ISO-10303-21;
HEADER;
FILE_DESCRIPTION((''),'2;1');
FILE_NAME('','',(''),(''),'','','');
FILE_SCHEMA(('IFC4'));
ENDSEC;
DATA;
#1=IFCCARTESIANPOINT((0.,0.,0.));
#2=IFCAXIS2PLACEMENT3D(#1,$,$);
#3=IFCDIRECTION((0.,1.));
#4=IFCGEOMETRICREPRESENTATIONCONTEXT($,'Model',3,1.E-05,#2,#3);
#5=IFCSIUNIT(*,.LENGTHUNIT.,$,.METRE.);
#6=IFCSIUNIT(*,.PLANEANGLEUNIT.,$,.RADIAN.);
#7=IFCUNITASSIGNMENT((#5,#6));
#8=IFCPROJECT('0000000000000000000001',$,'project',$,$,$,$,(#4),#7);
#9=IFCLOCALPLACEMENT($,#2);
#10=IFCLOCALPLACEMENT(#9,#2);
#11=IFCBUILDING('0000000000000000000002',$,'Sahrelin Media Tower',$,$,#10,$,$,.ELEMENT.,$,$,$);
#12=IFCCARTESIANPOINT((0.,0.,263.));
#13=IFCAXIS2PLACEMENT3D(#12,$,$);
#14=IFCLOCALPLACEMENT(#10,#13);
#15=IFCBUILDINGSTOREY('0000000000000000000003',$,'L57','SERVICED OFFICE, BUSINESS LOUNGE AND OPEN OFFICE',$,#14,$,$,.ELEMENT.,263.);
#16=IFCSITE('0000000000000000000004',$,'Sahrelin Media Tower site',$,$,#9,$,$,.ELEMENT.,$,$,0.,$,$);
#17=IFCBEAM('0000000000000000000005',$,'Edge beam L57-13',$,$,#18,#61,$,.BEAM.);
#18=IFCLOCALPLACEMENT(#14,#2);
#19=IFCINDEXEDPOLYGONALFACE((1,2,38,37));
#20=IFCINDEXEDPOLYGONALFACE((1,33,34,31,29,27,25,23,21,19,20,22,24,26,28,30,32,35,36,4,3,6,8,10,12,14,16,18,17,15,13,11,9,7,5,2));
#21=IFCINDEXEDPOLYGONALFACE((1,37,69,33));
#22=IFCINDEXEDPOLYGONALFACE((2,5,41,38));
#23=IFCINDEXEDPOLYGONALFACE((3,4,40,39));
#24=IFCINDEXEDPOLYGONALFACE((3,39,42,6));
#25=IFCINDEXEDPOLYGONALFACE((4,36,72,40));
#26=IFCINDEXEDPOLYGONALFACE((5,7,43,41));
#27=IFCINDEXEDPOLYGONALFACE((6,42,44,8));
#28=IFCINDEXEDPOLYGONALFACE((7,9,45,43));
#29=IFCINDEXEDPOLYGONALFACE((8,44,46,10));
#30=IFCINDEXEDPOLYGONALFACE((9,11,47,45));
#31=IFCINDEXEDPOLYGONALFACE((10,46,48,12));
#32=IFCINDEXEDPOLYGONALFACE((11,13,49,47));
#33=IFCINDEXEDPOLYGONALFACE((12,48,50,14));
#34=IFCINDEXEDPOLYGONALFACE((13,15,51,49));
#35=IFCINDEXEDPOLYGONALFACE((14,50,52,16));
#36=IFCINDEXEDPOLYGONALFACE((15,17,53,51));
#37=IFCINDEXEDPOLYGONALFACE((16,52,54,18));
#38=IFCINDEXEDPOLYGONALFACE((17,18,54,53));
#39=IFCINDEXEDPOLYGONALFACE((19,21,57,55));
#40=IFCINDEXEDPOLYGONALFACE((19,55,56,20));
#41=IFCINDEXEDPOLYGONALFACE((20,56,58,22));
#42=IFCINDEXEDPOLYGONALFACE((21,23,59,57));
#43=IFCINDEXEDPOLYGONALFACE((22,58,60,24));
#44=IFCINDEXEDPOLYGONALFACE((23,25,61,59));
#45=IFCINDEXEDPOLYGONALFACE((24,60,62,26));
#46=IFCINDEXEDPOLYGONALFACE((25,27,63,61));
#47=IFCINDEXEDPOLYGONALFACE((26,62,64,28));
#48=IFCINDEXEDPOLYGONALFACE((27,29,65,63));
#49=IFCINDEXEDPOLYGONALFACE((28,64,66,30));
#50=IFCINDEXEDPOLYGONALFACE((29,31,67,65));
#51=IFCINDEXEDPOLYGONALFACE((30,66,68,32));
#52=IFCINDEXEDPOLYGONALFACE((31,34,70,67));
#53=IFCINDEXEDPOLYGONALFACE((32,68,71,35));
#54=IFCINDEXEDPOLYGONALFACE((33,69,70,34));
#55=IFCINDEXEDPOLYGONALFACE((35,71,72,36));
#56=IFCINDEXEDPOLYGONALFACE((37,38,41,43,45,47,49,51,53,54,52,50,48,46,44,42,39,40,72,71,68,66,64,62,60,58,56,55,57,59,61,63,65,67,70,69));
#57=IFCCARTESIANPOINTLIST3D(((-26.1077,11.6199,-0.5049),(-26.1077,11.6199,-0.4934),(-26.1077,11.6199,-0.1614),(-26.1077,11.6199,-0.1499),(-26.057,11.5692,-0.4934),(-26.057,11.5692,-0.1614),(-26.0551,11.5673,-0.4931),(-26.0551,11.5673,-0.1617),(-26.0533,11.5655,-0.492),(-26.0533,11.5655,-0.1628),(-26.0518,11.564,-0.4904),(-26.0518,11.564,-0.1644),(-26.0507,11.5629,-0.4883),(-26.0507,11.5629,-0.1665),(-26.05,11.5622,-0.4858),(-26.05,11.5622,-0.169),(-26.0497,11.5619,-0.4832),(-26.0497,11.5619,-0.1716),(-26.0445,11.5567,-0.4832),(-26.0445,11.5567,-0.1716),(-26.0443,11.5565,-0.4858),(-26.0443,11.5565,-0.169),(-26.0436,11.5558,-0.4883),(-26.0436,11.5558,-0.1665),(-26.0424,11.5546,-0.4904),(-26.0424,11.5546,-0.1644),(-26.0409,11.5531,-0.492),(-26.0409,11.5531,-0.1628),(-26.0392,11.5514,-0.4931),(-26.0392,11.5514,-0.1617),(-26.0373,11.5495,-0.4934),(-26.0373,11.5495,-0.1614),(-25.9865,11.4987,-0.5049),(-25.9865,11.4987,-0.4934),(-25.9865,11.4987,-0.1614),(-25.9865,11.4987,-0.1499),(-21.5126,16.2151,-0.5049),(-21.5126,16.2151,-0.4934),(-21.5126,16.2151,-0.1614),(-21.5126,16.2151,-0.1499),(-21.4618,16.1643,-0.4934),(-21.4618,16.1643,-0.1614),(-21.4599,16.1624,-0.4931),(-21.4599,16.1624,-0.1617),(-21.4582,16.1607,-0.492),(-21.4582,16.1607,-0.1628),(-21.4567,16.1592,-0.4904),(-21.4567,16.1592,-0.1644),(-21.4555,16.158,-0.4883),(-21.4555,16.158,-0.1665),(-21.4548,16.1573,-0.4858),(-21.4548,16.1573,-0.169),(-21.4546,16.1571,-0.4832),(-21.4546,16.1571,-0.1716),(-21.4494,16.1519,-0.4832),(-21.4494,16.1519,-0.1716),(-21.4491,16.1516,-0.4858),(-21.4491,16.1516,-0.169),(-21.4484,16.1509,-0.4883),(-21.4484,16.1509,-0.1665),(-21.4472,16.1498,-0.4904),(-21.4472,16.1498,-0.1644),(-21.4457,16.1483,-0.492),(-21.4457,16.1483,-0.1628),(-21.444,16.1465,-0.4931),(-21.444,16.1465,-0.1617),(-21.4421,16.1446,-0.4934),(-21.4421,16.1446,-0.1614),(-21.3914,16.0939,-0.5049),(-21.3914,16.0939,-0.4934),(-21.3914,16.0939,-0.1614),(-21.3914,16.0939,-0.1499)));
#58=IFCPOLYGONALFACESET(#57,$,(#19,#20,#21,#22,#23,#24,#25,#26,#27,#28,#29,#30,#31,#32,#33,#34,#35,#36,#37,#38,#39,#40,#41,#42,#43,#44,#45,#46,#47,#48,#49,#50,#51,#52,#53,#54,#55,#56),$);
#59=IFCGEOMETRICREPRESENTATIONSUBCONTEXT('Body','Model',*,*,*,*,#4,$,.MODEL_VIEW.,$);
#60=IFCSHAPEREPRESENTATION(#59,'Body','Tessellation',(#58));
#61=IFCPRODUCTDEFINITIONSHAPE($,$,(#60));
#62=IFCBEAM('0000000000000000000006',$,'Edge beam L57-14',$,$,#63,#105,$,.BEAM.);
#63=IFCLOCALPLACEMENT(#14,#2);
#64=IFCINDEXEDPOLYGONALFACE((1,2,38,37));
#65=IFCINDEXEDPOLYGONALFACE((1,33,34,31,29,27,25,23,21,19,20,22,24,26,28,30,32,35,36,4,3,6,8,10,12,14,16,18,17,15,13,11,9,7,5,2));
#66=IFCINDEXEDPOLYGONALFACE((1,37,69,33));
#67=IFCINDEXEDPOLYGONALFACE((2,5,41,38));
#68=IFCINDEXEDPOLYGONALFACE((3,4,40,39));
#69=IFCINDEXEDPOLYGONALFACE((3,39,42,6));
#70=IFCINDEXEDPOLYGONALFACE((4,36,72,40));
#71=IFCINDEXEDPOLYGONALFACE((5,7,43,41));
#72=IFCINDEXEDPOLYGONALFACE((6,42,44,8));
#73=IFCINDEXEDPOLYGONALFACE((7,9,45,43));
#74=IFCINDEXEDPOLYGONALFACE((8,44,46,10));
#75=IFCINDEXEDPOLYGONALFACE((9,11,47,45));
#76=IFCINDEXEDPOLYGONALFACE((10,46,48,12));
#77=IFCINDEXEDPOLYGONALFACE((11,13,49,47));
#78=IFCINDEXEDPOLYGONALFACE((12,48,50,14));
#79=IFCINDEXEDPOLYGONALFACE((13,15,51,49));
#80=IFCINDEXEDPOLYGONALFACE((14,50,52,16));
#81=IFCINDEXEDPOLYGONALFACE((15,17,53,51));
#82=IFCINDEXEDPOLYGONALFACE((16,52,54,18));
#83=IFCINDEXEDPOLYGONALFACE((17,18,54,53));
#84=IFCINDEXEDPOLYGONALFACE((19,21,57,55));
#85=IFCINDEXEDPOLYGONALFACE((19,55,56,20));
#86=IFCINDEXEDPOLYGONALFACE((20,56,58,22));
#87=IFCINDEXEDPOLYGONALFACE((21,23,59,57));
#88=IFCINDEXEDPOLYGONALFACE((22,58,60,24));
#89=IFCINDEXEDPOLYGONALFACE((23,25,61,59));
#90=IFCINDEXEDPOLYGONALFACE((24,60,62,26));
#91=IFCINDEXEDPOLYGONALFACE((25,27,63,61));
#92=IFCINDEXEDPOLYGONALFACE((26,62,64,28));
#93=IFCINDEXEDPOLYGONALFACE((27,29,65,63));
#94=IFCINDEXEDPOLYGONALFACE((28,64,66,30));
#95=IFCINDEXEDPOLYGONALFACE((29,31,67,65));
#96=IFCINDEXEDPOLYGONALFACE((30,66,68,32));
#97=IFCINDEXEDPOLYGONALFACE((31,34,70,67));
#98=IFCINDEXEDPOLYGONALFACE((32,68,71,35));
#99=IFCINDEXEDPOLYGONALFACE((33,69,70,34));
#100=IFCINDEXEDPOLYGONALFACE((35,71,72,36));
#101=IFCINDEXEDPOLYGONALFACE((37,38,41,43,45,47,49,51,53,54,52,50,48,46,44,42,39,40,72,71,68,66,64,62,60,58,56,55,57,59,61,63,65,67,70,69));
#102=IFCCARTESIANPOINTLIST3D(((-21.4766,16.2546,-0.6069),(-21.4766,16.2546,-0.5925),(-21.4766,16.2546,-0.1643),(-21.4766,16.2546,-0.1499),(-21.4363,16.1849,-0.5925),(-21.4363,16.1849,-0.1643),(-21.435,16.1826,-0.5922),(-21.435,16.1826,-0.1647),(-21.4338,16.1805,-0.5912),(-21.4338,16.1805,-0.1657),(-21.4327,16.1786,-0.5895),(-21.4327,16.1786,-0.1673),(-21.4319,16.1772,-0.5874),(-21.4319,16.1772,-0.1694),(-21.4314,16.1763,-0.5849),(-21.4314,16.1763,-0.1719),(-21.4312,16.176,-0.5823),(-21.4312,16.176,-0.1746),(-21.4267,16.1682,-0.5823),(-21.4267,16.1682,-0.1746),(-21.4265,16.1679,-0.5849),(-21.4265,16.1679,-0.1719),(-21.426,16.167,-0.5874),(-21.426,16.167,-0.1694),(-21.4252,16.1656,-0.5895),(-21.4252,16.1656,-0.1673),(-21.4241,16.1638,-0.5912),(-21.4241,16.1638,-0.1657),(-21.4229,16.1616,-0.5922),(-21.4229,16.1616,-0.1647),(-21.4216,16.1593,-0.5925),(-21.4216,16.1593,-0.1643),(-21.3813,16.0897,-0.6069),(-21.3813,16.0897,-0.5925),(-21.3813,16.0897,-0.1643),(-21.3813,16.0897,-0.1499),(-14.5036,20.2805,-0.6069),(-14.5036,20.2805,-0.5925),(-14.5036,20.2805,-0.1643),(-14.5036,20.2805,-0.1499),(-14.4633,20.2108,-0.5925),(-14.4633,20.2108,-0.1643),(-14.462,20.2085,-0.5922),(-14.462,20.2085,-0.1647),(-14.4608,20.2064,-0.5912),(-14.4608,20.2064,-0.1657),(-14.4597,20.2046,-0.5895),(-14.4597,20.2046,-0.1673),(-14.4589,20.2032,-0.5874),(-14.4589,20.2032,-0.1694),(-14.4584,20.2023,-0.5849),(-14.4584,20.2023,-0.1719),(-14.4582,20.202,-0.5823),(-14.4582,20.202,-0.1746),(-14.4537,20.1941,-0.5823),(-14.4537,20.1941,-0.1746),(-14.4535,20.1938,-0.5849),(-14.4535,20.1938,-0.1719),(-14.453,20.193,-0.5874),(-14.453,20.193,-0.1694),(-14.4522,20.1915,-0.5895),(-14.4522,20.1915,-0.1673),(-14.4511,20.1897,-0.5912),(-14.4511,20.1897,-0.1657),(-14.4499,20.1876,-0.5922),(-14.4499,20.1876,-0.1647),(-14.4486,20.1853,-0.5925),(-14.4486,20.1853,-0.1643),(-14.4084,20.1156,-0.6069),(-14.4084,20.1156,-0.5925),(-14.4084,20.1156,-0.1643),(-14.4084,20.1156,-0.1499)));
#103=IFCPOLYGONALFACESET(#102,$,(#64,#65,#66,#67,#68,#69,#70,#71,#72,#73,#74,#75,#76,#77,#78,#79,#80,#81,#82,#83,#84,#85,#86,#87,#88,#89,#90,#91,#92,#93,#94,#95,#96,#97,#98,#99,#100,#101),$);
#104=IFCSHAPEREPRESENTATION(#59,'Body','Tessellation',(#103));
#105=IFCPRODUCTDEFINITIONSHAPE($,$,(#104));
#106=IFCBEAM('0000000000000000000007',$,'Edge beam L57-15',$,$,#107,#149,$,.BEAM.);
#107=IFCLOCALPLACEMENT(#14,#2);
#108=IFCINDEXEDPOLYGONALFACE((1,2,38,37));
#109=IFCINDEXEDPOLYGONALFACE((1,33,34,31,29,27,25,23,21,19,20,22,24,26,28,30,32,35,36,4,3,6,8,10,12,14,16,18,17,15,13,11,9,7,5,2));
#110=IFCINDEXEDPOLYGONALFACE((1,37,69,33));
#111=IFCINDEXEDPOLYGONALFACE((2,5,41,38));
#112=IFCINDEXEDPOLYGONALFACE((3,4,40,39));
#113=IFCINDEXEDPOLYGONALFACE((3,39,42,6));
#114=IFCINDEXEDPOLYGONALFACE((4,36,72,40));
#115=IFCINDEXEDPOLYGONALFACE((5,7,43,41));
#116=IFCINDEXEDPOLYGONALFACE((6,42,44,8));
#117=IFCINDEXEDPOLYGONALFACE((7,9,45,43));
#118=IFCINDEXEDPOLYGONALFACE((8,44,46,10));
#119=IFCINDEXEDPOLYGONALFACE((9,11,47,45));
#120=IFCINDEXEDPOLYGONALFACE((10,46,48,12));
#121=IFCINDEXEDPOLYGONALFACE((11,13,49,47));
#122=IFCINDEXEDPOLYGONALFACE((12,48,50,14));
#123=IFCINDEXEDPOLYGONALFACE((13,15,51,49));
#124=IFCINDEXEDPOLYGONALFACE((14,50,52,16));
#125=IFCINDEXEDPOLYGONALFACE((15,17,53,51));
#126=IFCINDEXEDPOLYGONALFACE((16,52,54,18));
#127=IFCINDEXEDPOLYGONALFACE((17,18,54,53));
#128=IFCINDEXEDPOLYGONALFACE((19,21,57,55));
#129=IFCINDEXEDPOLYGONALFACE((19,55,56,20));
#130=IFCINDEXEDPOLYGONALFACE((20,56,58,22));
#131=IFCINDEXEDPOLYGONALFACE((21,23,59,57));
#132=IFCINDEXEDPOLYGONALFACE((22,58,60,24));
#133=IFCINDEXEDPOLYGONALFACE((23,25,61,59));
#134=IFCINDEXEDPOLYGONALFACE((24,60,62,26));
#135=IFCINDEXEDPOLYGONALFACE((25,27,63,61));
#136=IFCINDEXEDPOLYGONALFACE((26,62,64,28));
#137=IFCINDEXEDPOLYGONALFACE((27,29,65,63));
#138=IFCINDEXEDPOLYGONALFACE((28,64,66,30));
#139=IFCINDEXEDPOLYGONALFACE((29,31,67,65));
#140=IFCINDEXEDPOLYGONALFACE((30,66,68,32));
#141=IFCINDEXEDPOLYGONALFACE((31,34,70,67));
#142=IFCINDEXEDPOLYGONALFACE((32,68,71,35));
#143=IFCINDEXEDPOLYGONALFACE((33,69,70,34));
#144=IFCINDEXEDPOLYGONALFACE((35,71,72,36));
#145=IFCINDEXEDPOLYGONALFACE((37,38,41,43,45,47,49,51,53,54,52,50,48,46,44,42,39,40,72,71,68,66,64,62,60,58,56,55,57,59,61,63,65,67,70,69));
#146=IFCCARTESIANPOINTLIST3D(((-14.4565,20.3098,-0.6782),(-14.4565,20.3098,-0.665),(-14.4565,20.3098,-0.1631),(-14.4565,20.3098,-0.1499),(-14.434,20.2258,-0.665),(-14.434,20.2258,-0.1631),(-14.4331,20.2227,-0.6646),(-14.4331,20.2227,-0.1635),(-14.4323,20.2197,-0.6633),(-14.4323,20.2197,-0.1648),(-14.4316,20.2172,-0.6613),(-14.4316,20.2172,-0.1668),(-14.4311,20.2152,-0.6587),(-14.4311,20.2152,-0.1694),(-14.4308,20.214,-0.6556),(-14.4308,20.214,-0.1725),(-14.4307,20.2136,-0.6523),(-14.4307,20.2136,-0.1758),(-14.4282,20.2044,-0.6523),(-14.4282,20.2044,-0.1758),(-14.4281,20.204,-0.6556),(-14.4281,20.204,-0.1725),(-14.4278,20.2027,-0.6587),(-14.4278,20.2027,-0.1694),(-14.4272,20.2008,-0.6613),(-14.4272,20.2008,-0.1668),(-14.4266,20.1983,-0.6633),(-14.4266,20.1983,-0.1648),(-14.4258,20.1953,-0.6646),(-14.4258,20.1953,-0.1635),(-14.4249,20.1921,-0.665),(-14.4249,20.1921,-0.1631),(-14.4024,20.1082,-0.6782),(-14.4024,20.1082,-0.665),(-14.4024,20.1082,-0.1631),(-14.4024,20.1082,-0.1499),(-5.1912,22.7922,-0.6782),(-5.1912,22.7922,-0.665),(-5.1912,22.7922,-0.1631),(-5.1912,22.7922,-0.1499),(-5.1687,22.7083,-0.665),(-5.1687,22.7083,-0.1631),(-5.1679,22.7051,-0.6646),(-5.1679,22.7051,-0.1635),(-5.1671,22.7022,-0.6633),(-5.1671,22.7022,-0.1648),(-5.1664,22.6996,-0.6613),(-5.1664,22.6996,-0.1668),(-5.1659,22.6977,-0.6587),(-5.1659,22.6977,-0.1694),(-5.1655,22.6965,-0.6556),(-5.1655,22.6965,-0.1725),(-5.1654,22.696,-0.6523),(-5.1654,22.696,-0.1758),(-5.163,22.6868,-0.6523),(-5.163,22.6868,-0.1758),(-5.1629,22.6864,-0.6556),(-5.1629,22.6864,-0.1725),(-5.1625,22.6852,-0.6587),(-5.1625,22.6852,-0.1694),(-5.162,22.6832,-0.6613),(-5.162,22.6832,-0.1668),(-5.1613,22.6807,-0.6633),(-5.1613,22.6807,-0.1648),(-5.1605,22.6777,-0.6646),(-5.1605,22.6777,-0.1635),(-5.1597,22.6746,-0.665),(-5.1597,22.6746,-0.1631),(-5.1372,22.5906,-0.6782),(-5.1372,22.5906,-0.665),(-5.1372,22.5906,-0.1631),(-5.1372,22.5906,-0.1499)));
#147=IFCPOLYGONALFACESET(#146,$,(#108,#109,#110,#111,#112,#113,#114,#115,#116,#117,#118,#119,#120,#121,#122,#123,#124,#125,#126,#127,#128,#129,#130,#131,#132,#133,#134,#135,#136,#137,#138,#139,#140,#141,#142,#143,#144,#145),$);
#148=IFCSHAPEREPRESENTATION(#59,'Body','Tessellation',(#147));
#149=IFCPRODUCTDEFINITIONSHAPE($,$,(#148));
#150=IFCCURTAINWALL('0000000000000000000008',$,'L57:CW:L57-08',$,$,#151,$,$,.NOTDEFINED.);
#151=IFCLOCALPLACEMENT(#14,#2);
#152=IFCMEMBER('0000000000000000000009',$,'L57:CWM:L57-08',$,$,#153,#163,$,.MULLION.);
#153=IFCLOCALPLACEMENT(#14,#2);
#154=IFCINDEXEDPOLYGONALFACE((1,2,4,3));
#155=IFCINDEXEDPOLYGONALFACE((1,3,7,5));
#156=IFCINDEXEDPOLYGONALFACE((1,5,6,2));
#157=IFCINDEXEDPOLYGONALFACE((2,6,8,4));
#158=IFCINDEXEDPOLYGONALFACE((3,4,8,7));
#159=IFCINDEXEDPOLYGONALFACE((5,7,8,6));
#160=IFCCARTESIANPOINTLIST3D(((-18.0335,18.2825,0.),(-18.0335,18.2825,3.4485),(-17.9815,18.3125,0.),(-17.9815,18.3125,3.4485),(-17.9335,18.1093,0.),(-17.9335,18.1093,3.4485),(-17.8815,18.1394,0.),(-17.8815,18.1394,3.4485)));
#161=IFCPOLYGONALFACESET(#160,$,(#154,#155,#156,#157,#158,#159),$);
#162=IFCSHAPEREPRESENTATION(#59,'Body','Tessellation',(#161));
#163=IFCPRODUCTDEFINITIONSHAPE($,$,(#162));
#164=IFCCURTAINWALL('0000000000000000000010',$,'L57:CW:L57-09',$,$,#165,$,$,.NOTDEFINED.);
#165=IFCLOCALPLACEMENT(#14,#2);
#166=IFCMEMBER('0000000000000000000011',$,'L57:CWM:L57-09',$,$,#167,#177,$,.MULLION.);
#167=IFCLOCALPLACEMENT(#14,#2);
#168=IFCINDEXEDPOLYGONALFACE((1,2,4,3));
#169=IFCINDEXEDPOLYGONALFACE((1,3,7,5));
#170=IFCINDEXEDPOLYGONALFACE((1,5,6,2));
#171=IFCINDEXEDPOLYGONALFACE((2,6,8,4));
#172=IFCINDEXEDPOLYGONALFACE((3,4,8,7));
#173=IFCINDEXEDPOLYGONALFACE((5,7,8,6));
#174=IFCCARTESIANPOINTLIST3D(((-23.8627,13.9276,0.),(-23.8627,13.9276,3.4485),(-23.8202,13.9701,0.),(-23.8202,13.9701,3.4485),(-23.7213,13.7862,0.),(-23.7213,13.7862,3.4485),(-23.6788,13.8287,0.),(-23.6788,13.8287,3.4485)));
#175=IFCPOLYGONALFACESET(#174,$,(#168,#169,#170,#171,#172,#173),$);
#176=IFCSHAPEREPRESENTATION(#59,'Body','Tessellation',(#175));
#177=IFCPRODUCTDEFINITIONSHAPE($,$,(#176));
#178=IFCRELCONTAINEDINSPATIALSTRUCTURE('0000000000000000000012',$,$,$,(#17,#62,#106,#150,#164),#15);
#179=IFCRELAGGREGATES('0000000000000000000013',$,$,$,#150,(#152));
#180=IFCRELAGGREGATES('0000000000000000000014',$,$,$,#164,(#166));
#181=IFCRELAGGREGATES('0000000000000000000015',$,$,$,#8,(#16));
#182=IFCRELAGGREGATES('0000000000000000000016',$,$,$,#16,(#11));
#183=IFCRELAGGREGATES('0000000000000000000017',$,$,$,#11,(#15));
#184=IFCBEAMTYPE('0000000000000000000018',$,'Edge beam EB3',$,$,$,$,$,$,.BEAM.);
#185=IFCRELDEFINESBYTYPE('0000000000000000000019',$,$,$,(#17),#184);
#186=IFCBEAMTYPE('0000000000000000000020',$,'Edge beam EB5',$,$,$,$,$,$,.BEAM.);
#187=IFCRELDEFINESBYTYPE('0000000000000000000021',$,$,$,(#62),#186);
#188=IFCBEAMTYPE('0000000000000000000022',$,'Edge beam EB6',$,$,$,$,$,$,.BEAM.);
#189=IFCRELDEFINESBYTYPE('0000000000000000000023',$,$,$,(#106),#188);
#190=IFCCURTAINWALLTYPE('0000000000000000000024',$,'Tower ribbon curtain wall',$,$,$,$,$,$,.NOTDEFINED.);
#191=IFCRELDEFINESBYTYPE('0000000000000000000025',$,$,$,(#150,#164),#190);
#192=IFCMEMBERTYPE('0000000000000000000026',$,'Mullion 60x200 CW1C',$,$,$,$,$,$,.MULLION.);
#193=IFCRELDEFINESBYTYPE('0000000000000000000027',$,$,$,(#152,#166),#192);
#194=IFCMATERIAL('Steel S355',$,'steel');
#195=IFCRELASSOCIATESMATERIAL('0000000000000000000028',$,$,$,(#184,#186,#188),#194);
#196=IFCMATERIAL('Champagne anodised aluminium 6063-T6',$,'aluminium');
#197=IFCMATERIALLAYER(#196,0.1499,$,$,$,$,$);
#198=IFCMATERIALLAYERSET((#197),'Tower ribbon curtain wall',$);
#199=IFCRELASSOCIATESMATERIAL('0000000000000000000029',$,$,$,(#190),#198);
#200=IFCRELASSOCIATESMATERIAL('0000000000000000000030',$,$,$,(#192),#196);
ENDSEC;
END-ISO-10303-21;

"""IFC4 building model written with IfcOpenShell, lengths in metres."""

from ifc_helpers import new_model, si_unit, direction, frame, origin, origin_2d, place, context, subcontext, project, spatial, rectangle, i_section, extrude, material, layer, layer_set, material_profile, profile_set, type_object, element, aggregate, save


model = new_model("IFC4")

# Units and contexts
model_context = context("Model", 3, precision=1e-05, world=origin(), true_north=direction((0.0, 1.0)))
body_context = subcontext(model_context, "Body", "Model", "MODEL_VIEW")
ifc_project = project(units=[si_unit("LENGTHUNIT", "METRE"), si_unit("PLANEANGLEUNIT", "RADIAN")], contexts=[model_context])

# Site, building, storey
site_placement = place(None, origin())
site = spatial("IfcSite", under=ifc_project, at=site_placement, Name="Sahrelin Media Tower site", CompositionType="ELEMENT", RefElevation=0.0)
building_placement = place(site_placement, origin())
building = spatial("IfcBuilding", under=site, at=building_placement, Name="Sahrelin Media Tower", CompositionType="ELEMENT")
storey_placement = place(building_placement, frame((0.0, 0.0, 263.0)))
storey = spatial("IfcBuildingStorey", under=building, at=storey_placement, Name="L57", Description="SERVICED OFFICE, BUSINESS LOUNGE AND OPEN OFFICE", CompositionType="ELEMENT", Elevation=263.0)

# Beams
ifc_material_1 = material(Name="Steel S355", Category="steel")
ifc_material_profile_1 = material_profile(ifc_material_1, i_section(OverallWidth=0.1714, OverallDepth=0.355, WebThickness=0.0073, FlangeThickness=0.0115, FilletRadius=0.0103, at=origin_2d()), Name="UB 356x171x51")
ifc_profile_set_1 = profile_set([ifc_material_profile_1], Name="Steel S355")
beam_type_1 = type_object("IfcBeamType", Name="Edge beam EB3", PredefinedType="BEAM", material=ifc_profile_set_1)
beam_1_placement = place(storey_placement, frame((-26.0471, 11.5593, -0.3274), z_axis=(0.707107, 0.707107, 0.0), x_axis=(-0.707107, 0.707107, 0.0)))
element("IfcBeam", 1, at=beam_1_placement, inside=storey, type_object=beam_type_1, Name="Edge beam L57-13", PredefinedType="BEAM", context=body_context, shape_type="SweptSolid", body=[
    extrude(i_section(OverallWidth=0.1714, OverallDepth=0.355, WebThickness=0.0073, FlangeThickness=0.0115, FilletRadius=0.0103, at=origin_2d()), origin(), (0.0, 0.0, 1.0), 6.4985),
])
ifc_material_profile_2 = material_profile(ifc_material_1, i_section(OverallWidth=0.1904, OverallDepth=0.457, WebThickness=0.009, FlangeThickness=0.0144, FilletRadius=0.0103, at=origin_2d()), Name="UB 457x191x74")
ifc_profile_set_2 = profile_set([ifc_material_profile_2], Name="Steel S355")
beam_type_2 = type_object("IfcBeamType", Name="Edge beam EB5", PredefinedType="BEAM", material=ifc_profile_set_2)
beam_2_placement = place(storey_placement, frame((-21.429, 16.1721, -0.3784), z_axis=(0.866021, 0.500007, 0.0), x_axis=(-0.500007, 0.866021, 0.0)))
element("IfcBeam", 2, at=beam_2_placement, inside=storey, type_object=beam_type_2, Name="Edge beam L57-14", PredefinedType="BEAM", context=body_context, shape_type="SweptSolid", body=[
    extrude(i_section(OverallWidth=0.1904, OverallDepth=0.457, WebThickness=0.009, FlangeThickness=0.0144, FilletRadius=0.0103, at=origin_2d()), origin(), (0.0, 0.0, 1.0), 8.0518),
])
ifc_material_profile_3 = material_profile(ifc_material_1, i_section(OverallWidth=0.2087, OverallDepth=0.5283, WebThickness=0.0095, FlangeThickness=0.0132, FilletRadius=0.0127, at=origin_2d()), Name="UB 533x210x82")
ifc_profile_set_3 = profile_set([ifc_material_profile_3], Name="Steel S355")
beam_type_3 = type_object("IfcBeamType", Name="Edge beam EB6", PredefinedType="BEAM", material=ifc_profile_set_3)
beam_3_placement = place(storey_placement, frame((-14.4294, 20.209, -0.4141), z_axis=(0.96593, 0.258803, 0.0), x_axis=(-0.258803, 0.96593, 0.0)))
element("IfcBeam", 3, at=beam_3_placement, inside=storey, type_object=beam_type_3, Name="Edge beam L57-15", PredefinedType="BEAM", context=body_context, shape_type="SweptSolid", body=[
    extrude(i_section(OverallWidth=0.2087, OverallDepth=0.5283, WebThickness=0.0095, FlangeThickness=0.0132, FilletRadius=0.0127, at=origin_2d()), origin(), (0.0, 0.0, 1.0), 9.592),
])

# Curtain walls, members
ifc_material_2 = material(Name="Champagne anodised aluminium 6063-T6", Category="aluminium")
ifc_layer_1 = layer(ifc_material_2, 0.1499)
ifc_layer_set_1 = layer_set([ifc_layer_1], Name="Tower ribbon curtain wall")
curtain_wall_type = type_object("IfcCurtainWallType", Name="Tower ribbon curtain wall", PredefinedType="NOTDEFINED", material=ifc_layer_set_1)
curtain_wall_1_placement = place(storey_placement, frame((-18.0176, 18.3149, 0.0), z_axis=(0.0, 0.0, 1.0), x_axis=(1.0, 0.0, 0.0)))
curtain_wall_1 = element("IfcCurtainWall", 4, at=curtain_wall_1_placement, inside=storey, type_object=curtain_wall_type, Name="L57:CW:L57-08", PredefinedType="NOTDEFINED")
ifc_material_profile_4 = material_profile(ifc_material_2, rectangle(XDim=0.0601, YDim=0.2, at=origin_2d()), Name="Mullion 60x200")
ifc_profile_set_4 = profile_set([ifc_material_profile_4], Name="Champagne anodised aluminium 6063-T6")
member_type_1 = type_object("IfcMemberType", Name="Mullion 60x200 CW1C", PredefinedType="MULLION", material=ifc_profile_set_4)
member_1_placement = place(storey_placement, frame((-17.9575, 18.2109, 0.0), z_axis=(0.0, 0.0, 1.0), x_axis=(-0.866029, -0.499994, 0.0)))
member_1 = element("IfcMember", 5, at=member_1_placement, type_object=member_type_1, Name="L57:CWM:L57-08", PredefinedType="MULLION", context=body_context, shape_type="SweptSolid", body=[
    extrude(rectangle(XDim=0.0601, YDim=0.2, at=origin_2d()), origin(), (0.0, 0.0, 1.0), 3.4485),
])
curtain_wall_2_placement = place(storey_placement, frame((-23.8557, 13.9631, 0.0), z_axis=(0.0, 0.0, 1.0), x_axis=(1.0, 0.0, 0.0)))
curtain_wall_2 = element("IfcCurtainWall", 6, at=curtain_wall_2_placement, inside=storey, type_object=curtain_wall_type, Name="L57:CW:L57-09", PredefinedType="NOTDEFINED")
member_2_placement = place(storey_placement, frame((-23.7708, 13.8782, 0.0), z_axis=(0.0, 0.0, 1.0), x_axis=(-0.707107, -0.707107, 0.0)))
member_2 = element("IfcMember", 7, at=member_2_placement, type_object=member_type_1, Name="L57:CWM:L57-09", PredefinedType="MULLION", context=body_context, shape_type="SweptSolid", body=[
    extrude(rectangle(XDim=0.0601, YDim=0.2, at=origin_2d()), origin(), (0.0, 0.0, 1.0), 3.4485),
])

aggregate(curtain_wall_1, [member_1])
aggregate(curtain_wall_2, [member_2])

save(model, "model.ifc")
